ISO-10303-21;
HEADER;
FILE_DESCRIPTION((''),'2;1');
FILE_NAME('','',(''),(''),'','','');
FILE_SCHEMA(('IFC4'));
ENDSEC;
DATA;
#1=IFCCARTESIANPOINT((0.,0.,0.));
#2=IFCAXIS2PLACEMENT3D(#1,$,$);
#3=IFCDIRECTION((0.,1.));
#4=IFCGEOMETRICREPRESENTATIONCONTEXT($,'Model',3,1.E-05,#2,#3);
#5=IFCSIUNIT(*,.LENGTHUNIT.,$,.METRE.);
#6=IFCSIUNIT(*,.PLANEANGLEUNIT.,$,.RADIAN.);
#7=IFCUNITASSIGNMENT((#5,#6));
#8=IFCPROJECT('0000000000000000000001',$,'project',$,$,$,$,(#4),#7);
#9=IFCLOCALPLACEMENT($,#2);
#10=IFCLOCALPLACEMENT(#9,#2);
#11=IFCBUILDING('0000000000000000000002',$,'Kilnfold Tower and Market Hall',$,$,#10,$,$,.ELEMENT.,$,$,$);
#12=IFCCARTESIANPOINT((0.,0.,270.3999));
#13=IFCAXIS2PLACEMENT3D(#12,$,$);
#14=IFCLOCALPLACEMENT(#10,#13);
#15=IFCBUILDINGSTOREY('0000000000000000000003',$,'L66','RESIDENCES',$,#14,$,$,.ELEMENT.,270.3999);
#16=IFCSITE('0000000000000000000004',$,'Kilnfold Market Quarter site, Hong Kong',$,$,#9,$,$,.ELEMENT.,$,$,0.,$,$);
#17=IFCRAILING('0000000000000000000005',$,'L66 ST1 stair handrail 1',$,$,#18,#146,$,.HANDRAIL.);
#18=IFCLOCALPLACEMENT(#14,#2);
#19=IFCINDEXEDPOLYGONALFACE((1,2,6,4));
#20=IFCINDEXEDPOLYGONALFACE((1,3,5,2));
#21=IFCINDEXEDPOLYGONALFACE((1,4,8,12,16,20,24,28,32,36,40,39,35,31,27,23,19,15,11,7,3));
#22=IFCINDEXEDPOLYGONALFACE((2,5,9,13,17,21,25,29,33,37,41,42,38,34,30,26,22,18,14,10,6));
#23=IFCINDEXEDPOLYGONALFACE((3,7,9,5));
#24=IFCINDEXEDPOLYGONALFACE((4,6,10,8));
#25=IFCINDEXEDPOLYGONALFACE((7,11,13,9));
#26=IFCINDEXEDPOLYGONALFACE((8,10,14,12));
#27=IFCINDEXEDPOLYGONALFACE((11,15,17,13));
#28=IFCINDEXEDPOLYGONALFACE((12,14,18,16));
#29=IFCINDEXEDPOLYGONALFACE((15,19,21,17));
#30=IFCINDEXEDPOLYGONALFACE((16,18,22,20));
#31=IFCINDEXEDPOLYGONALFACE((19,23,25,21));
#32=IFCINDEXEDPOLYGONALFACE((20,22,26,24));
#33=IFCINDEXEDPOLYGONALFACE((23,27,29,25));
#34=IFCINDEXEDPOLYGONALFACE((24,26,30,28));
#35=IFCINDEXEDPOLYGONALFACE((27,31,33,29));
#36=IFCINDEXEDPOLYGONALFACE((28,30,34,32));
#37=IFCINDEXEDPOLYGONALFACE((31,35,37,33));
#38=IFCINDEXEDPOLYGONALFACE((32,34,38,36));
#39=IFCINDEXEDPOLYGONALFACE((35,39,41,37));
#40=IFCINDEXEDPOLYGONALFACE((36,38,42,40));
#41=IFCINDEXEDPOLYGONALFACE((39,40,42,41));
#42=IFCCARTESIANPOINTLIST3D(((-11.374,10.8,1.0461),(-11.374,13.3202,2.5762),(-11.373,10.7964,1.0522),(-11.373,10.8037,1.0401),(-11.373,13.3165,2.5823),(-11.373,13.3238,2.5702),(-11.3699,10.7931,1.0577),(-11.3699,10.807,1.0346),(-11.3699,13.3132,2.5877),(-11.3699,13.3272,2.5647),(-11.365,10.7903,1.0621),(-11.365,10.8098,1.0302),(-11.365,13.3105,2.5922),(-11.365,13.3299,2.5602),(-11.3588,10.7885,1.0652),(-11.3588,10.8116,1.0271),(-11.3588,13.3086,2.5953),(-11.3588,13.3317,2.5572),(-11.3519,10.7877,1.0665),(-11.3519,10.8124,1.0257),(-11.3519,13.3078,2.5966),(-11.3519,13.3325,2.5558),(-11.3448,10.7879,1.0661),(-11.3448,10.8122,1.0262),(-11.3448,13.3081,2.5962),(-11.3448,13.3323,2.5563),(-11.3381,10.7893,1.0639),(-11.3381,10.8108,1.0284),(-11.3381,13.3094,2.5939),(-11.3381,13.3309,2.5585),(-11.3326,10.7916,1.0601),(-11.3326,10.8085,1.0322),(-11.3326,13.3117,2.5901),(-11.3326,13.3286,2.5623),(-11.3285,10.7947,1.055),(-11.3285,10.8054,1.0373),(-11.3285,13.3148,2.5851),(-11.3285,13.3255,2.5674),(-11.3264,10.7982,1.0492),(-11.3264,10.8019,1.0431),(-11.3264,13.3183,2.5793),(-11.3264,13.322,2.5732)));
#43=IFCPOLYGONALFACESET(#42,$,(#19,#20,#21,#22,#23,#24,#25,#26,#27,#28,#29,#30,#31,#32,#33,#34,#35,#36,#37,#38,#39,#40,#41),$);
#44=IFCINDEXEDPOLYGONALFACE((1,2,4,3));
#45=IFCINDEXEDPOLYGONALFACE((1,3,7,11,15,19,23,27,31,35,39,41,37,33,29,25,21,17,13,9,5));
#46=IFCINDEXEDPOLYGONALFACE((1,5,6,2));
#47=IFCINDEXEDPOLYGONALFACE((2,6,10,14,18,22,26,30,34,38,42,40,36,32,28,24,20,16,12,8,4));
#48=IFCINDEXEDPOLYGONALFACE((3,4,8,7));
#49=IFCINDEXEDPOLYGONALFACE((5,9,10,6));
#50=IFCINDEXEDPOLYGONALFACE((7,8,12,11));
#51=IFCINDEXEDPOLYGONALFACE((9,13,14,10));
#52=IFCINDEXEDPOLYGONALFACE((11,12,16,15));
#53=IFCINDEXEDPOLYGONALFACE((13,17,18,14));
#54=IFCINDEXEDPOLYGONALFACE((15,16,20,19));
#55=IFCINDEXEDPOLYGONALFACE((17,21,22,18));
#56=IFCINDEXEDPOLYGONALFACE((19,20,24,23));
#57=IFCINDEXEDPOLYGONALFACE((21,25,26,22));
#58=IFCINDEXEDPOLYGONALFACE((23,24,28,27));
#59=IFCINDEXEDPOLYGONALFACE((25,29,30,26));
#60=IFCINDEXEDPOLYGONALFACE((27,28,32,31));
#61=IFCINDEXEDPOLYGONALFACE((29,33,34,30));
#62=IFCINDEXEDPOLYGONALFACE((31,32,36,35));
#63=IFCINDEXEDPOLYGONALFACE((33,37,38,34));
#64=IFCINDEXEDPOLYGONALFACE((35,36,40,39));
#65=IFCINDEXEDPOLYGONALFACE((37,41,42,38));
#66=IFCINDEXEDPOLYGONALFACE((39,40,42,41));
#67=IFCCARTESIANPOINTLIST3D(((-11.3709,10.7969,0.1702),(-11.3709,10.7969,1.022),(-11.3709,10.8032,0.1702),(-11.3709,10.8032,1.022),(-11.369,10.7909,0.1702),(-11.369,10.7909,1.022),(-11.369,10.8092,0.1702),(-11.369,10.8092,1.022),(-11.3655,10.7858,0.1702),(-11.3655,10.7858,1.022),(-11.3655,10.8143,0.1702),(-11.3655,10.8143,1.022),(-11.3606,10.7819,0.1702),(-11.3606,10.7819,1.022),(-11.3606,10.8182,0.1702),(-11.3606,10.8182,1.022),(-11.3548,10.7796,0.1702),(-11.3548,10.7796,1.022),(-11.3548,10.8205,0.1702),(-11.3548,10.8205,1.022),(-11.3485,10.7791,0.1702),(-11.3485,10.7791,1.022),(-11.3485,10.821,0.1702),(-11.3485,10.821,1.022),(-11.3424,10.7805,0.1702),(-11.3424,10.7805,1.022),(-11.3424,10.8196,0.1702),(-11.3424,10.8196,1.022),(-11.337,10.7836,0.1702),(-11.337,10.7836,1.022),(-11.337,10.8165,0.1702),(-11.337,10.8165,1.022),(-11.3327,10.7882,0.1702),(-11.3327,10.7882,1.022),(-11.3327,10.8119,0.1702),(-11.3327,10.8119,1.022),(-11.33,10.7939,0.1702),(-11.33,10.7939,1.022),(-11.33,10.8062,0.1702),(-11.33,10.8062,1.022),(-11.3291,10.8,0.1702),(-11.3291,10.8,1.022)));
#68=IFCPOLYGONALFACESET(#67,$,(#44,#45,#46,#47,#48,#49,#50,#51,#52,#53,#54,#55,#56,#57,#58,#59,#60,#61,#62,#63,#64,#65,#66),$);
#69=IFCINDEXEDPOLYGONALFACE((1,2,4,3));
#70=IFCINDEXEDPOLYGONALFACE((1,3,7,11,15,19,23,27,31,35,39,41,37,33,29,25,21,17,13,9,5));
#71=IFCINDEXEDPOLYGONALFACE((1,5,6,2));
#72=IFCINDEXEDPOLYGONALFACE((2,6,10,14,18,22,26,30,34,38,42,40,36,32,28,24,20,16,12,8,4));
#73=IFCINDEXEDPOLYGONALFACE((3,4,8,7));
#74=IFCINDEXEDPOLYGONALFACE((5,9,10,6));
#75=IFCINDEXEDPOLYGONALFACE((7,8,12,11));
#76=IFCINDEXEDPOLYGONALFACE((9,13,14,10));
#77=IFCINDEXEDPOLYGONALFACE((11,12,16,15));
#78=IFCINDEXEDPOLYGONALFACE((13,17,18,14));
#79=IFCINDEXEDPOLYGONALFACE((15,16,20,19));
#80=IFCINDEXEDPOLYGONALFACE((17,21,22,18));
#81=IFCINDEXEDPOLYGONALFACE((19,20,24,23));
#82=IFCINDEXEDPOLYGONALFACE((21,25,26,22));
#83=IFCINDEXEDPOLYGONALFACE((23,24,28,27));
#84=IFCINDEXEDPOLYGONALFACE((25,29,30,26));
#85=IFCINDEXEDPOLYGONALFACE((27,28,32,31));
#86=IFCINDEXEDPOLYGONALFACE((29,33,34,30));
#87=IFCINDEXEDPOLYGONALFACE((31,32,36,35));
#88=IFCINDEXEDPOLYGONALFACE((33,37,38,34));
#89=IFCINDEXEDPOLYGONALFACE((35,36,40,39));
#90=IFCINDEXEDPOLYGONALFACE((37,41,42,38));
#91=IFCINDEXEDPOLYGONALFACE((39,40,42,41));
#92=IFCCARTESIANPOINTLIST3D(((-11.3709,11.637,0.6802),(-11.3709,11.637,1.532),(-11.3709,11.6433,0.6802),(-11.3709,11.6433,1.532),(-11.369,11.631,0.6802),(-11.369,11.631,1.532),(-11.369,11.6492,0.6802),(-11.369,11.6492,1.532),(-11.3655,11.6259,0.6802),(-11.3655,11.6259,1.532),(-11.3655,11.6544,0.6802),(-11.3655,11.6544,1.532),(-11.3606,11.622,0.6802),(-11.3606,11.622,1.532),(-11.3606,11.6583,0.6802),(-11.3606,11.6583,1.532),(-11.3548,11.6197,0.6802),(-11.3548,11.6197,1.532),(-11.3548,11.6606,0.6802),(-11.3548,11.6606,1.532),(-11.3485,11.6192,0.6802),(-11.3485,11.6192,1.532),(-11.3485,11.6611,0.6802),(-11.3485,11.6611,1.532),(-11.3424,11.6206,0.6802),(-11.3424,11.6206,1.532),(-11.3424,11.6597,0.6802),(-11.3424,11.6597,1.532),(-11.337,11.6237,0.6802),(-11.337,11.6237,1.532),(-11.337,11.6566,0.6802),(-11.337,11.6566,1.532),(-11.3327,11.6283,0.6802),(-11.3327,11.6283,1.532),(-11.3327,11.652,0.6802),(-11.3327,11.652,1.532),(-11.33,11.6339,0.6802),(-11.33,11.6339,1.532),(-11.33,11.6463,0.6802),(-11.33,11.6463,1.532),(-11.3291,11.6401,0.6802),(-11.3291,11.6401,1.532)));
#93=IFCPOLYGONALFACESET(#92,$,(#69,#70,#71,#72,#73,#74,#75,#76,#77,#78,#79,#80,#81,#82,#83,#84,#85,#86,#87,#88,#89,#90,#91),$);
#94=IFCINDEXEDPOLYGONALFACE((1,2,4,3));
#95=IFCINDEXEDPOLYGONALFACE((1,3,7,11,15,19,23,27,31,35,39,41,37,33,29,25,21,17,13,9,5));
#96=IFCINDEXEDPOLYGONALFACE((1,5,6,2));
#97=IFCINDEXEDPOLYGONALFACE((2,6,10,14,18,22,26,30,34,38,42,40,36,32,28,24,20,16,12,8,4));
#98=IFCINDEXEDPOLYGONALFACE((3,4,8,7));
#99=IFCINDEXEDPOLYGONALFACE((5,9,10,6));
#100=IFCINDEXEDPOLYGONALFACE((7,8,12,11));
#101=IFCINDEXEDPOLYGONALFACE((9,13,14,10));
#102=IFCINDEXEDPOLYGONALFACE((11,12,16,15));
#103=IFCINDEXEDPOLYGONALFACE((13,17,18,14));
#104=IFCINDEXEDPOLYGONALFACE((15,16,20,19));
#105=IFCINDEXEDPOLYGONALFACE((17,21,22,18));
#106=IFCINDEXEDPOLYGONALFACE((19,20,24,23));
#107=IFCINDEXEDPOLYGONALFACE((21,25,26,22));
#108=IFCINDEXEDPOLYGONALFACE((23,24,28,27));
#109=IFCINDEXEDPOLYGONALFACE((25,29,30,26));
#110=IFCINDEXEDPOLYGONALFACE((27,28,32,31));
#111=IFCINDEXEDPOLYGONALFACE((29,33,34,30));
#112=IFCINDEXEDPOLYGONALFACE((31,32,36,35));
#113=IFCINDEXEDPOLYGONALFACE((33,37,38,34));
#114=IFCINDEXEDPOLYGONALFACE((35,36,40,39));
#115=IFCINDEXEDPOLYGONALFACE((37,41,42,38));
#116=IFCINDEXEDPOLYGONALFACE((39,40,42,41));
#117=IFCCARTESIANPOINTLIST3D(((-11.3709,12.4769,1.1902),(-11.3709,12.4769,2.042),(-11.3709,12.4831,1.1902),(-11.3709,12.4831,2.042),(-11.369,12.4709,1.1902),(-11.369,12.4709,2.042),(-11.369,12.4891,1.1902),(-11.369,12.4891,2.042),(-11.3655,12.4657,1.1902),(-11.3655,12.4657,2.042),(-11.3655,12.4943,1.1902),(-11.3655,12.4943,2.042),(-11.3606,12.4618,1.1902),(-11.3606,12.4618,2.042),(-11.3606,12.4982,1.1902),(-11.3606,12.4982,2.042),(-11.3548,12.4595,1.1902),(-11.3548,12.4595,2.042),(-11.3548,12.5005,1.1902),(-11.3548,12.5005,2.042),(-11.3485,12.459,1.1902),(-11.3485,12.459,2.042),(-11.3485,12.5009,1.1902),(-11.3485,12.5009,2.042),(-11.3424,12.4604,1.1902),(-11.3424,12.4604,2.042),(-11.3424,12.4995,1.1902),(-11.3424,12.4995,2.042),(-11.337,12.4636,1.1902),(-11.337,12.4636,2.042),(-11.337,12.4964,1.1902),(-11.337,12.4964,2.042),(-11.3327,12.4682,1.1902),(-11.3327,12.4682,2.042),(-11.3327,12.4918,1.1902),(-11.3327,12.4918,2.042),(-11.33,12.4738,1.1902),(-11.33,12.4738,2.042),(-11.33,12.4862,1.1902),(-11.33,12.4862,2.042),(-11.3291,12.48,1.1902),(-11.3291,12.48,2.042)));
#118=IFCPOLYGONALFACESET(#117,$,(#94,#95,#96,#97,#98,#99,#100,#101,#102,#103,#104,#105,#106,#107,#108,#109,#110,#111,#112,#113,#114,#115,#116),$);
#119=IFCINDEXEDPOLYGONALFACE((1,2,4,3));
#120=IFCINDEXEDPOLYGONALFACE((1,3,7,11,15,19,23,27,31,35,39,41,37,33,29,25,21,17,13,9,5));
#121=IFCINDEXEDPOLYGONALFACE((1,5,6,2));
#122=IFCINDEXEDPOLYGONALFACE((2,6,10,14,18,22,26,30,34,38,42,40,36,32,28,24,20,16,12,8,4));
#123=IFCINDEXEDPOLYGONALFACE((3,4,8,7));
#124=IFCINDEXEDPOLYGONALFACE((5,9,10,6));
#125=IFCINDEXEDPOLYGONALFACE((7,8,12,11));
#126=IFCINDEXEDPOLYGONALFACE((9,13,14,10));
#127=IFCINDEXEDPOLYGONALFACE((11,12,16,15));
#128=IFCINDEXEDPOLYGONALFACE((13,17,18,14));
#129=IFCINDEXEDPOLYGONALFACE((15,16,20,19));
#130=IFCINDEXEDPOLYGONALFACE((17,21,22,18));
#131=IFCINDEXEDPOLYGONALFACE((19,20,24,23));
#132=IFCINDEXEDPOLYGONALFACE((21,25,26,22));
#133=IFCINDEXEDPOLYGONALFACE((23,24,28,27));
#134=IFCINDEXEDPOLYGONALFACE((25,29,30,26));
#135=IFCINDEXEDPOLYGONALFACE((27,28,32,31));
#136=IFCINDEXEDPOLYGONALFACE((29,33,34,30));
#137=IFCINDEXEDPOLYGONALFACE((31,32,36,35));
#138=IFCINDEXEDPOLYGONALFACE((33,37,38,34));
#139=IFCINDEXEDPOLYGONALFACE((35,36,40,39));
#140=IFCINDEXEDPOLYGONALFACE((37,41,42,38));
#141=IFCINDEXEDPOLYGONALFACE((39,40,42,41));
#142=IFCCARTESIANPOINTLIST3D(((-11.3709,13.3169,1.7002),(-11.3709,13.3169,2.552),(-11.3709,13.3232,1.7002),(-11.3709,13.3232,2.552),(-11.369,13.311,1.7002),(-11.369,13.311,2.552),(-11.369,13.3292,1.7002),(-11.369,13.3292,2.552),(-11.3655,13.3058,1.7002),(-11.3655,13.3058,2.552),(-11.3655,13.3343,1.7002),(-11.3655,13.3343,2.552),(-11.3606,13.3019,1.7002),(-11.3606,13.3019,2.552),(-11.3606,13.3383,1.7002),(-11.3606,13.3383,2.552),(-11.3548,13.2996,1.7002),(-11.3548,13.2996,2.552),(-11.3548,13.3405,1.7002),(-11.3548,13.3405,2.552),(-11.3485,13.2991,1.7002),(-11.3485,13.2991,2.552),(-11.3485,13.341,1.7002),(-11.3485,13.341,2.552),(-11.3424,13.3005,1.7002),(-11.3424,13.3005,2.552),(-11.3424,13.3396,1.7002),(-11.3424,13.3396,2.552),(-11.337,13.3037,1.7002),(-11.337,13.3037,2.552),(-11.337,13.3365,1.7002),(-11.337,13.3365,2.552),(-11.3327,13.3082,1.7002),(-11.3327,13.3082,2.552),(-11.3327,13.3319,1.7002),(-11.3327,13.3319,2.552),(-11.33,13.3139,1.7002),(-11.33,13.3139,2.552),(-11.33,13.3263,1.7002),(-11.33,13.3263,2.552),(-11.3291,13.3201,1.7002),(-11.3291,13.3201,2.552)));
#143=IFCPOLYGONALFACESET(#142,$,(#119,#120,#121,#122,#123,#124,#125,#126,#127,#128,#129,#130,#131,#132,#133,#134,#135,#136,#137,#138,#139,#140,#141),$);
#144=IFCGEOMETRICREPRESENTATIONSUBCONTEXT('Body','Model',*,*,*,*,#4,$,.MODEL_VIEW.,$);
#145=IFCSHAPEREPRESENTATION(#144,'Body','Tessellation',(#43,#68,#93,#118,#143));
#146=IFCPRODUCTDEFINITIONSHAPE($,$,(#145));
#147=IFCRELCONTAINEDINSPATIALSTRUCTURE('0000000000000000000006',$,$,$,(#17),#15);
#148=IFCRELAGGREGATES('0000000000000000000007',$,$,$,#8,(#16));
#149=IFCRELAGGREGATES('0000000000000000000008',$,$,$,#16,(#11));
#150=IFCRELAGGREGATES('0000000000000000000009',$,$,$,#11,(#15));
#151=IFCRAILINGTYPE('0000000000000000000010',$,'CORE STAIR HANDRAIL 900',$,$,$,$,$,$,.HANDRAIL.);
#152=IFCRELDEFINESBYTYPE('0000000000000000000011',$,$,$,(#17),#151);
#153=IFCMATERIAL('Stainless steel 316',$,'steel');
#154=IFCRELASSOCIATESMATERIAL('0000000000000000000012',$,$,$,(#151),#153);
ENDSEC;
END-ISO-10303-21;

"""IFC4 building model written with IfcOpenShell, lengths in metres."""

from ifc_helpers import new_model, si_unit, direction, frame, origin, origin_2d, place, context, subcontext, project, spatial, circle, extrude, material, type_object, element, save


model = new_model("IFC4")

# Units and contexts
model_context = context("Model", 3, precision=1e-05, world=origin(), true_north=direction((0.0, 1.0)))
body_context = subcontext(model_context, "Body", "Model", "MODEL_VIEW")
ifc_project = project(units=[si_unit("LENGTHUNIT", "METRE"), si_unit("PLANEANGLEUNIT", "RADIAN")], contexts=[model_context])

# Site, building, storey
site_placement = place(None, origin())
site = spatial("IfcSite", under=ifc_project, at=site_placement, Name="Kilnfold Market Quarter site, Hong Kong", CompositionType="ELEMENT", RefElevation=0.0)
building_placement = place(site_placement, origin())
building = spatial("IfcBuilding", under=site, at=building_placement, Name="Kilnfold Tower and Market Hall", CompositionType="ELEMENT")
storey_placement = place(building_placement, frame((0.0, 0.0, 270.3999)))
storey = spatial("IfcBuildingStorey", under=building, at=storey_placement, Name="L66", Description="RESIDENCES", CompositionType="ELEMENT", Elevation=270.3999)

# Railing
ifc_material_1 = material(Name="Stainless steel 316", Category="steel")
railing_type = type_object("IfcRailingType", Name="CORE STAIR HANDRAIL 900", PredefinedType="HANDRAIL", material=ifc_material_1)
railing_placement = place(storey_placement, frame((-11.3501, 10.8, 0.1702)))
element("IfcRailing", 1, at=railing_placement, inside=storey, type_object=railing_type, Name="L66 ST1 stair handrail 1", PredefinedType="HANDRAIL", context=body_context, shape_type="SweptSolid", body=[
    extrude(circle(Radius=0.0239, at=origin_2d()), frame((0.0, 0.0, 0.876), z_axis=(0.0, 0.854785, 0.518982), x_axis=(-1.0, 0.0, 0.0)), (0.0, 0.0, 1.0), 2.9482),
    extrude(circle(Radius=0.021, at=origin_2d()), origin(), (0.0, 0.0, 1.0), 0.8518),
    extrude(circle(Radius=0.021, at=origin_2d()), frame((0.0, 0.8401, 0.51)), (0.0, 0.0, 1.0), 0.8518),
    extrude(circle(Radius=0.021, at=origin_2d()), frame((0.0, 1.6799, 1.02)), (0.0, 0.0, 1.0), 0.8518),
    extrude(circle(Radius=0.021, at=origin_2d()), frame((0.0, 2.52, 1.53)), (0.0, 0.0, 1.0), 0.8518),
])

save(model, "model.ifc")
